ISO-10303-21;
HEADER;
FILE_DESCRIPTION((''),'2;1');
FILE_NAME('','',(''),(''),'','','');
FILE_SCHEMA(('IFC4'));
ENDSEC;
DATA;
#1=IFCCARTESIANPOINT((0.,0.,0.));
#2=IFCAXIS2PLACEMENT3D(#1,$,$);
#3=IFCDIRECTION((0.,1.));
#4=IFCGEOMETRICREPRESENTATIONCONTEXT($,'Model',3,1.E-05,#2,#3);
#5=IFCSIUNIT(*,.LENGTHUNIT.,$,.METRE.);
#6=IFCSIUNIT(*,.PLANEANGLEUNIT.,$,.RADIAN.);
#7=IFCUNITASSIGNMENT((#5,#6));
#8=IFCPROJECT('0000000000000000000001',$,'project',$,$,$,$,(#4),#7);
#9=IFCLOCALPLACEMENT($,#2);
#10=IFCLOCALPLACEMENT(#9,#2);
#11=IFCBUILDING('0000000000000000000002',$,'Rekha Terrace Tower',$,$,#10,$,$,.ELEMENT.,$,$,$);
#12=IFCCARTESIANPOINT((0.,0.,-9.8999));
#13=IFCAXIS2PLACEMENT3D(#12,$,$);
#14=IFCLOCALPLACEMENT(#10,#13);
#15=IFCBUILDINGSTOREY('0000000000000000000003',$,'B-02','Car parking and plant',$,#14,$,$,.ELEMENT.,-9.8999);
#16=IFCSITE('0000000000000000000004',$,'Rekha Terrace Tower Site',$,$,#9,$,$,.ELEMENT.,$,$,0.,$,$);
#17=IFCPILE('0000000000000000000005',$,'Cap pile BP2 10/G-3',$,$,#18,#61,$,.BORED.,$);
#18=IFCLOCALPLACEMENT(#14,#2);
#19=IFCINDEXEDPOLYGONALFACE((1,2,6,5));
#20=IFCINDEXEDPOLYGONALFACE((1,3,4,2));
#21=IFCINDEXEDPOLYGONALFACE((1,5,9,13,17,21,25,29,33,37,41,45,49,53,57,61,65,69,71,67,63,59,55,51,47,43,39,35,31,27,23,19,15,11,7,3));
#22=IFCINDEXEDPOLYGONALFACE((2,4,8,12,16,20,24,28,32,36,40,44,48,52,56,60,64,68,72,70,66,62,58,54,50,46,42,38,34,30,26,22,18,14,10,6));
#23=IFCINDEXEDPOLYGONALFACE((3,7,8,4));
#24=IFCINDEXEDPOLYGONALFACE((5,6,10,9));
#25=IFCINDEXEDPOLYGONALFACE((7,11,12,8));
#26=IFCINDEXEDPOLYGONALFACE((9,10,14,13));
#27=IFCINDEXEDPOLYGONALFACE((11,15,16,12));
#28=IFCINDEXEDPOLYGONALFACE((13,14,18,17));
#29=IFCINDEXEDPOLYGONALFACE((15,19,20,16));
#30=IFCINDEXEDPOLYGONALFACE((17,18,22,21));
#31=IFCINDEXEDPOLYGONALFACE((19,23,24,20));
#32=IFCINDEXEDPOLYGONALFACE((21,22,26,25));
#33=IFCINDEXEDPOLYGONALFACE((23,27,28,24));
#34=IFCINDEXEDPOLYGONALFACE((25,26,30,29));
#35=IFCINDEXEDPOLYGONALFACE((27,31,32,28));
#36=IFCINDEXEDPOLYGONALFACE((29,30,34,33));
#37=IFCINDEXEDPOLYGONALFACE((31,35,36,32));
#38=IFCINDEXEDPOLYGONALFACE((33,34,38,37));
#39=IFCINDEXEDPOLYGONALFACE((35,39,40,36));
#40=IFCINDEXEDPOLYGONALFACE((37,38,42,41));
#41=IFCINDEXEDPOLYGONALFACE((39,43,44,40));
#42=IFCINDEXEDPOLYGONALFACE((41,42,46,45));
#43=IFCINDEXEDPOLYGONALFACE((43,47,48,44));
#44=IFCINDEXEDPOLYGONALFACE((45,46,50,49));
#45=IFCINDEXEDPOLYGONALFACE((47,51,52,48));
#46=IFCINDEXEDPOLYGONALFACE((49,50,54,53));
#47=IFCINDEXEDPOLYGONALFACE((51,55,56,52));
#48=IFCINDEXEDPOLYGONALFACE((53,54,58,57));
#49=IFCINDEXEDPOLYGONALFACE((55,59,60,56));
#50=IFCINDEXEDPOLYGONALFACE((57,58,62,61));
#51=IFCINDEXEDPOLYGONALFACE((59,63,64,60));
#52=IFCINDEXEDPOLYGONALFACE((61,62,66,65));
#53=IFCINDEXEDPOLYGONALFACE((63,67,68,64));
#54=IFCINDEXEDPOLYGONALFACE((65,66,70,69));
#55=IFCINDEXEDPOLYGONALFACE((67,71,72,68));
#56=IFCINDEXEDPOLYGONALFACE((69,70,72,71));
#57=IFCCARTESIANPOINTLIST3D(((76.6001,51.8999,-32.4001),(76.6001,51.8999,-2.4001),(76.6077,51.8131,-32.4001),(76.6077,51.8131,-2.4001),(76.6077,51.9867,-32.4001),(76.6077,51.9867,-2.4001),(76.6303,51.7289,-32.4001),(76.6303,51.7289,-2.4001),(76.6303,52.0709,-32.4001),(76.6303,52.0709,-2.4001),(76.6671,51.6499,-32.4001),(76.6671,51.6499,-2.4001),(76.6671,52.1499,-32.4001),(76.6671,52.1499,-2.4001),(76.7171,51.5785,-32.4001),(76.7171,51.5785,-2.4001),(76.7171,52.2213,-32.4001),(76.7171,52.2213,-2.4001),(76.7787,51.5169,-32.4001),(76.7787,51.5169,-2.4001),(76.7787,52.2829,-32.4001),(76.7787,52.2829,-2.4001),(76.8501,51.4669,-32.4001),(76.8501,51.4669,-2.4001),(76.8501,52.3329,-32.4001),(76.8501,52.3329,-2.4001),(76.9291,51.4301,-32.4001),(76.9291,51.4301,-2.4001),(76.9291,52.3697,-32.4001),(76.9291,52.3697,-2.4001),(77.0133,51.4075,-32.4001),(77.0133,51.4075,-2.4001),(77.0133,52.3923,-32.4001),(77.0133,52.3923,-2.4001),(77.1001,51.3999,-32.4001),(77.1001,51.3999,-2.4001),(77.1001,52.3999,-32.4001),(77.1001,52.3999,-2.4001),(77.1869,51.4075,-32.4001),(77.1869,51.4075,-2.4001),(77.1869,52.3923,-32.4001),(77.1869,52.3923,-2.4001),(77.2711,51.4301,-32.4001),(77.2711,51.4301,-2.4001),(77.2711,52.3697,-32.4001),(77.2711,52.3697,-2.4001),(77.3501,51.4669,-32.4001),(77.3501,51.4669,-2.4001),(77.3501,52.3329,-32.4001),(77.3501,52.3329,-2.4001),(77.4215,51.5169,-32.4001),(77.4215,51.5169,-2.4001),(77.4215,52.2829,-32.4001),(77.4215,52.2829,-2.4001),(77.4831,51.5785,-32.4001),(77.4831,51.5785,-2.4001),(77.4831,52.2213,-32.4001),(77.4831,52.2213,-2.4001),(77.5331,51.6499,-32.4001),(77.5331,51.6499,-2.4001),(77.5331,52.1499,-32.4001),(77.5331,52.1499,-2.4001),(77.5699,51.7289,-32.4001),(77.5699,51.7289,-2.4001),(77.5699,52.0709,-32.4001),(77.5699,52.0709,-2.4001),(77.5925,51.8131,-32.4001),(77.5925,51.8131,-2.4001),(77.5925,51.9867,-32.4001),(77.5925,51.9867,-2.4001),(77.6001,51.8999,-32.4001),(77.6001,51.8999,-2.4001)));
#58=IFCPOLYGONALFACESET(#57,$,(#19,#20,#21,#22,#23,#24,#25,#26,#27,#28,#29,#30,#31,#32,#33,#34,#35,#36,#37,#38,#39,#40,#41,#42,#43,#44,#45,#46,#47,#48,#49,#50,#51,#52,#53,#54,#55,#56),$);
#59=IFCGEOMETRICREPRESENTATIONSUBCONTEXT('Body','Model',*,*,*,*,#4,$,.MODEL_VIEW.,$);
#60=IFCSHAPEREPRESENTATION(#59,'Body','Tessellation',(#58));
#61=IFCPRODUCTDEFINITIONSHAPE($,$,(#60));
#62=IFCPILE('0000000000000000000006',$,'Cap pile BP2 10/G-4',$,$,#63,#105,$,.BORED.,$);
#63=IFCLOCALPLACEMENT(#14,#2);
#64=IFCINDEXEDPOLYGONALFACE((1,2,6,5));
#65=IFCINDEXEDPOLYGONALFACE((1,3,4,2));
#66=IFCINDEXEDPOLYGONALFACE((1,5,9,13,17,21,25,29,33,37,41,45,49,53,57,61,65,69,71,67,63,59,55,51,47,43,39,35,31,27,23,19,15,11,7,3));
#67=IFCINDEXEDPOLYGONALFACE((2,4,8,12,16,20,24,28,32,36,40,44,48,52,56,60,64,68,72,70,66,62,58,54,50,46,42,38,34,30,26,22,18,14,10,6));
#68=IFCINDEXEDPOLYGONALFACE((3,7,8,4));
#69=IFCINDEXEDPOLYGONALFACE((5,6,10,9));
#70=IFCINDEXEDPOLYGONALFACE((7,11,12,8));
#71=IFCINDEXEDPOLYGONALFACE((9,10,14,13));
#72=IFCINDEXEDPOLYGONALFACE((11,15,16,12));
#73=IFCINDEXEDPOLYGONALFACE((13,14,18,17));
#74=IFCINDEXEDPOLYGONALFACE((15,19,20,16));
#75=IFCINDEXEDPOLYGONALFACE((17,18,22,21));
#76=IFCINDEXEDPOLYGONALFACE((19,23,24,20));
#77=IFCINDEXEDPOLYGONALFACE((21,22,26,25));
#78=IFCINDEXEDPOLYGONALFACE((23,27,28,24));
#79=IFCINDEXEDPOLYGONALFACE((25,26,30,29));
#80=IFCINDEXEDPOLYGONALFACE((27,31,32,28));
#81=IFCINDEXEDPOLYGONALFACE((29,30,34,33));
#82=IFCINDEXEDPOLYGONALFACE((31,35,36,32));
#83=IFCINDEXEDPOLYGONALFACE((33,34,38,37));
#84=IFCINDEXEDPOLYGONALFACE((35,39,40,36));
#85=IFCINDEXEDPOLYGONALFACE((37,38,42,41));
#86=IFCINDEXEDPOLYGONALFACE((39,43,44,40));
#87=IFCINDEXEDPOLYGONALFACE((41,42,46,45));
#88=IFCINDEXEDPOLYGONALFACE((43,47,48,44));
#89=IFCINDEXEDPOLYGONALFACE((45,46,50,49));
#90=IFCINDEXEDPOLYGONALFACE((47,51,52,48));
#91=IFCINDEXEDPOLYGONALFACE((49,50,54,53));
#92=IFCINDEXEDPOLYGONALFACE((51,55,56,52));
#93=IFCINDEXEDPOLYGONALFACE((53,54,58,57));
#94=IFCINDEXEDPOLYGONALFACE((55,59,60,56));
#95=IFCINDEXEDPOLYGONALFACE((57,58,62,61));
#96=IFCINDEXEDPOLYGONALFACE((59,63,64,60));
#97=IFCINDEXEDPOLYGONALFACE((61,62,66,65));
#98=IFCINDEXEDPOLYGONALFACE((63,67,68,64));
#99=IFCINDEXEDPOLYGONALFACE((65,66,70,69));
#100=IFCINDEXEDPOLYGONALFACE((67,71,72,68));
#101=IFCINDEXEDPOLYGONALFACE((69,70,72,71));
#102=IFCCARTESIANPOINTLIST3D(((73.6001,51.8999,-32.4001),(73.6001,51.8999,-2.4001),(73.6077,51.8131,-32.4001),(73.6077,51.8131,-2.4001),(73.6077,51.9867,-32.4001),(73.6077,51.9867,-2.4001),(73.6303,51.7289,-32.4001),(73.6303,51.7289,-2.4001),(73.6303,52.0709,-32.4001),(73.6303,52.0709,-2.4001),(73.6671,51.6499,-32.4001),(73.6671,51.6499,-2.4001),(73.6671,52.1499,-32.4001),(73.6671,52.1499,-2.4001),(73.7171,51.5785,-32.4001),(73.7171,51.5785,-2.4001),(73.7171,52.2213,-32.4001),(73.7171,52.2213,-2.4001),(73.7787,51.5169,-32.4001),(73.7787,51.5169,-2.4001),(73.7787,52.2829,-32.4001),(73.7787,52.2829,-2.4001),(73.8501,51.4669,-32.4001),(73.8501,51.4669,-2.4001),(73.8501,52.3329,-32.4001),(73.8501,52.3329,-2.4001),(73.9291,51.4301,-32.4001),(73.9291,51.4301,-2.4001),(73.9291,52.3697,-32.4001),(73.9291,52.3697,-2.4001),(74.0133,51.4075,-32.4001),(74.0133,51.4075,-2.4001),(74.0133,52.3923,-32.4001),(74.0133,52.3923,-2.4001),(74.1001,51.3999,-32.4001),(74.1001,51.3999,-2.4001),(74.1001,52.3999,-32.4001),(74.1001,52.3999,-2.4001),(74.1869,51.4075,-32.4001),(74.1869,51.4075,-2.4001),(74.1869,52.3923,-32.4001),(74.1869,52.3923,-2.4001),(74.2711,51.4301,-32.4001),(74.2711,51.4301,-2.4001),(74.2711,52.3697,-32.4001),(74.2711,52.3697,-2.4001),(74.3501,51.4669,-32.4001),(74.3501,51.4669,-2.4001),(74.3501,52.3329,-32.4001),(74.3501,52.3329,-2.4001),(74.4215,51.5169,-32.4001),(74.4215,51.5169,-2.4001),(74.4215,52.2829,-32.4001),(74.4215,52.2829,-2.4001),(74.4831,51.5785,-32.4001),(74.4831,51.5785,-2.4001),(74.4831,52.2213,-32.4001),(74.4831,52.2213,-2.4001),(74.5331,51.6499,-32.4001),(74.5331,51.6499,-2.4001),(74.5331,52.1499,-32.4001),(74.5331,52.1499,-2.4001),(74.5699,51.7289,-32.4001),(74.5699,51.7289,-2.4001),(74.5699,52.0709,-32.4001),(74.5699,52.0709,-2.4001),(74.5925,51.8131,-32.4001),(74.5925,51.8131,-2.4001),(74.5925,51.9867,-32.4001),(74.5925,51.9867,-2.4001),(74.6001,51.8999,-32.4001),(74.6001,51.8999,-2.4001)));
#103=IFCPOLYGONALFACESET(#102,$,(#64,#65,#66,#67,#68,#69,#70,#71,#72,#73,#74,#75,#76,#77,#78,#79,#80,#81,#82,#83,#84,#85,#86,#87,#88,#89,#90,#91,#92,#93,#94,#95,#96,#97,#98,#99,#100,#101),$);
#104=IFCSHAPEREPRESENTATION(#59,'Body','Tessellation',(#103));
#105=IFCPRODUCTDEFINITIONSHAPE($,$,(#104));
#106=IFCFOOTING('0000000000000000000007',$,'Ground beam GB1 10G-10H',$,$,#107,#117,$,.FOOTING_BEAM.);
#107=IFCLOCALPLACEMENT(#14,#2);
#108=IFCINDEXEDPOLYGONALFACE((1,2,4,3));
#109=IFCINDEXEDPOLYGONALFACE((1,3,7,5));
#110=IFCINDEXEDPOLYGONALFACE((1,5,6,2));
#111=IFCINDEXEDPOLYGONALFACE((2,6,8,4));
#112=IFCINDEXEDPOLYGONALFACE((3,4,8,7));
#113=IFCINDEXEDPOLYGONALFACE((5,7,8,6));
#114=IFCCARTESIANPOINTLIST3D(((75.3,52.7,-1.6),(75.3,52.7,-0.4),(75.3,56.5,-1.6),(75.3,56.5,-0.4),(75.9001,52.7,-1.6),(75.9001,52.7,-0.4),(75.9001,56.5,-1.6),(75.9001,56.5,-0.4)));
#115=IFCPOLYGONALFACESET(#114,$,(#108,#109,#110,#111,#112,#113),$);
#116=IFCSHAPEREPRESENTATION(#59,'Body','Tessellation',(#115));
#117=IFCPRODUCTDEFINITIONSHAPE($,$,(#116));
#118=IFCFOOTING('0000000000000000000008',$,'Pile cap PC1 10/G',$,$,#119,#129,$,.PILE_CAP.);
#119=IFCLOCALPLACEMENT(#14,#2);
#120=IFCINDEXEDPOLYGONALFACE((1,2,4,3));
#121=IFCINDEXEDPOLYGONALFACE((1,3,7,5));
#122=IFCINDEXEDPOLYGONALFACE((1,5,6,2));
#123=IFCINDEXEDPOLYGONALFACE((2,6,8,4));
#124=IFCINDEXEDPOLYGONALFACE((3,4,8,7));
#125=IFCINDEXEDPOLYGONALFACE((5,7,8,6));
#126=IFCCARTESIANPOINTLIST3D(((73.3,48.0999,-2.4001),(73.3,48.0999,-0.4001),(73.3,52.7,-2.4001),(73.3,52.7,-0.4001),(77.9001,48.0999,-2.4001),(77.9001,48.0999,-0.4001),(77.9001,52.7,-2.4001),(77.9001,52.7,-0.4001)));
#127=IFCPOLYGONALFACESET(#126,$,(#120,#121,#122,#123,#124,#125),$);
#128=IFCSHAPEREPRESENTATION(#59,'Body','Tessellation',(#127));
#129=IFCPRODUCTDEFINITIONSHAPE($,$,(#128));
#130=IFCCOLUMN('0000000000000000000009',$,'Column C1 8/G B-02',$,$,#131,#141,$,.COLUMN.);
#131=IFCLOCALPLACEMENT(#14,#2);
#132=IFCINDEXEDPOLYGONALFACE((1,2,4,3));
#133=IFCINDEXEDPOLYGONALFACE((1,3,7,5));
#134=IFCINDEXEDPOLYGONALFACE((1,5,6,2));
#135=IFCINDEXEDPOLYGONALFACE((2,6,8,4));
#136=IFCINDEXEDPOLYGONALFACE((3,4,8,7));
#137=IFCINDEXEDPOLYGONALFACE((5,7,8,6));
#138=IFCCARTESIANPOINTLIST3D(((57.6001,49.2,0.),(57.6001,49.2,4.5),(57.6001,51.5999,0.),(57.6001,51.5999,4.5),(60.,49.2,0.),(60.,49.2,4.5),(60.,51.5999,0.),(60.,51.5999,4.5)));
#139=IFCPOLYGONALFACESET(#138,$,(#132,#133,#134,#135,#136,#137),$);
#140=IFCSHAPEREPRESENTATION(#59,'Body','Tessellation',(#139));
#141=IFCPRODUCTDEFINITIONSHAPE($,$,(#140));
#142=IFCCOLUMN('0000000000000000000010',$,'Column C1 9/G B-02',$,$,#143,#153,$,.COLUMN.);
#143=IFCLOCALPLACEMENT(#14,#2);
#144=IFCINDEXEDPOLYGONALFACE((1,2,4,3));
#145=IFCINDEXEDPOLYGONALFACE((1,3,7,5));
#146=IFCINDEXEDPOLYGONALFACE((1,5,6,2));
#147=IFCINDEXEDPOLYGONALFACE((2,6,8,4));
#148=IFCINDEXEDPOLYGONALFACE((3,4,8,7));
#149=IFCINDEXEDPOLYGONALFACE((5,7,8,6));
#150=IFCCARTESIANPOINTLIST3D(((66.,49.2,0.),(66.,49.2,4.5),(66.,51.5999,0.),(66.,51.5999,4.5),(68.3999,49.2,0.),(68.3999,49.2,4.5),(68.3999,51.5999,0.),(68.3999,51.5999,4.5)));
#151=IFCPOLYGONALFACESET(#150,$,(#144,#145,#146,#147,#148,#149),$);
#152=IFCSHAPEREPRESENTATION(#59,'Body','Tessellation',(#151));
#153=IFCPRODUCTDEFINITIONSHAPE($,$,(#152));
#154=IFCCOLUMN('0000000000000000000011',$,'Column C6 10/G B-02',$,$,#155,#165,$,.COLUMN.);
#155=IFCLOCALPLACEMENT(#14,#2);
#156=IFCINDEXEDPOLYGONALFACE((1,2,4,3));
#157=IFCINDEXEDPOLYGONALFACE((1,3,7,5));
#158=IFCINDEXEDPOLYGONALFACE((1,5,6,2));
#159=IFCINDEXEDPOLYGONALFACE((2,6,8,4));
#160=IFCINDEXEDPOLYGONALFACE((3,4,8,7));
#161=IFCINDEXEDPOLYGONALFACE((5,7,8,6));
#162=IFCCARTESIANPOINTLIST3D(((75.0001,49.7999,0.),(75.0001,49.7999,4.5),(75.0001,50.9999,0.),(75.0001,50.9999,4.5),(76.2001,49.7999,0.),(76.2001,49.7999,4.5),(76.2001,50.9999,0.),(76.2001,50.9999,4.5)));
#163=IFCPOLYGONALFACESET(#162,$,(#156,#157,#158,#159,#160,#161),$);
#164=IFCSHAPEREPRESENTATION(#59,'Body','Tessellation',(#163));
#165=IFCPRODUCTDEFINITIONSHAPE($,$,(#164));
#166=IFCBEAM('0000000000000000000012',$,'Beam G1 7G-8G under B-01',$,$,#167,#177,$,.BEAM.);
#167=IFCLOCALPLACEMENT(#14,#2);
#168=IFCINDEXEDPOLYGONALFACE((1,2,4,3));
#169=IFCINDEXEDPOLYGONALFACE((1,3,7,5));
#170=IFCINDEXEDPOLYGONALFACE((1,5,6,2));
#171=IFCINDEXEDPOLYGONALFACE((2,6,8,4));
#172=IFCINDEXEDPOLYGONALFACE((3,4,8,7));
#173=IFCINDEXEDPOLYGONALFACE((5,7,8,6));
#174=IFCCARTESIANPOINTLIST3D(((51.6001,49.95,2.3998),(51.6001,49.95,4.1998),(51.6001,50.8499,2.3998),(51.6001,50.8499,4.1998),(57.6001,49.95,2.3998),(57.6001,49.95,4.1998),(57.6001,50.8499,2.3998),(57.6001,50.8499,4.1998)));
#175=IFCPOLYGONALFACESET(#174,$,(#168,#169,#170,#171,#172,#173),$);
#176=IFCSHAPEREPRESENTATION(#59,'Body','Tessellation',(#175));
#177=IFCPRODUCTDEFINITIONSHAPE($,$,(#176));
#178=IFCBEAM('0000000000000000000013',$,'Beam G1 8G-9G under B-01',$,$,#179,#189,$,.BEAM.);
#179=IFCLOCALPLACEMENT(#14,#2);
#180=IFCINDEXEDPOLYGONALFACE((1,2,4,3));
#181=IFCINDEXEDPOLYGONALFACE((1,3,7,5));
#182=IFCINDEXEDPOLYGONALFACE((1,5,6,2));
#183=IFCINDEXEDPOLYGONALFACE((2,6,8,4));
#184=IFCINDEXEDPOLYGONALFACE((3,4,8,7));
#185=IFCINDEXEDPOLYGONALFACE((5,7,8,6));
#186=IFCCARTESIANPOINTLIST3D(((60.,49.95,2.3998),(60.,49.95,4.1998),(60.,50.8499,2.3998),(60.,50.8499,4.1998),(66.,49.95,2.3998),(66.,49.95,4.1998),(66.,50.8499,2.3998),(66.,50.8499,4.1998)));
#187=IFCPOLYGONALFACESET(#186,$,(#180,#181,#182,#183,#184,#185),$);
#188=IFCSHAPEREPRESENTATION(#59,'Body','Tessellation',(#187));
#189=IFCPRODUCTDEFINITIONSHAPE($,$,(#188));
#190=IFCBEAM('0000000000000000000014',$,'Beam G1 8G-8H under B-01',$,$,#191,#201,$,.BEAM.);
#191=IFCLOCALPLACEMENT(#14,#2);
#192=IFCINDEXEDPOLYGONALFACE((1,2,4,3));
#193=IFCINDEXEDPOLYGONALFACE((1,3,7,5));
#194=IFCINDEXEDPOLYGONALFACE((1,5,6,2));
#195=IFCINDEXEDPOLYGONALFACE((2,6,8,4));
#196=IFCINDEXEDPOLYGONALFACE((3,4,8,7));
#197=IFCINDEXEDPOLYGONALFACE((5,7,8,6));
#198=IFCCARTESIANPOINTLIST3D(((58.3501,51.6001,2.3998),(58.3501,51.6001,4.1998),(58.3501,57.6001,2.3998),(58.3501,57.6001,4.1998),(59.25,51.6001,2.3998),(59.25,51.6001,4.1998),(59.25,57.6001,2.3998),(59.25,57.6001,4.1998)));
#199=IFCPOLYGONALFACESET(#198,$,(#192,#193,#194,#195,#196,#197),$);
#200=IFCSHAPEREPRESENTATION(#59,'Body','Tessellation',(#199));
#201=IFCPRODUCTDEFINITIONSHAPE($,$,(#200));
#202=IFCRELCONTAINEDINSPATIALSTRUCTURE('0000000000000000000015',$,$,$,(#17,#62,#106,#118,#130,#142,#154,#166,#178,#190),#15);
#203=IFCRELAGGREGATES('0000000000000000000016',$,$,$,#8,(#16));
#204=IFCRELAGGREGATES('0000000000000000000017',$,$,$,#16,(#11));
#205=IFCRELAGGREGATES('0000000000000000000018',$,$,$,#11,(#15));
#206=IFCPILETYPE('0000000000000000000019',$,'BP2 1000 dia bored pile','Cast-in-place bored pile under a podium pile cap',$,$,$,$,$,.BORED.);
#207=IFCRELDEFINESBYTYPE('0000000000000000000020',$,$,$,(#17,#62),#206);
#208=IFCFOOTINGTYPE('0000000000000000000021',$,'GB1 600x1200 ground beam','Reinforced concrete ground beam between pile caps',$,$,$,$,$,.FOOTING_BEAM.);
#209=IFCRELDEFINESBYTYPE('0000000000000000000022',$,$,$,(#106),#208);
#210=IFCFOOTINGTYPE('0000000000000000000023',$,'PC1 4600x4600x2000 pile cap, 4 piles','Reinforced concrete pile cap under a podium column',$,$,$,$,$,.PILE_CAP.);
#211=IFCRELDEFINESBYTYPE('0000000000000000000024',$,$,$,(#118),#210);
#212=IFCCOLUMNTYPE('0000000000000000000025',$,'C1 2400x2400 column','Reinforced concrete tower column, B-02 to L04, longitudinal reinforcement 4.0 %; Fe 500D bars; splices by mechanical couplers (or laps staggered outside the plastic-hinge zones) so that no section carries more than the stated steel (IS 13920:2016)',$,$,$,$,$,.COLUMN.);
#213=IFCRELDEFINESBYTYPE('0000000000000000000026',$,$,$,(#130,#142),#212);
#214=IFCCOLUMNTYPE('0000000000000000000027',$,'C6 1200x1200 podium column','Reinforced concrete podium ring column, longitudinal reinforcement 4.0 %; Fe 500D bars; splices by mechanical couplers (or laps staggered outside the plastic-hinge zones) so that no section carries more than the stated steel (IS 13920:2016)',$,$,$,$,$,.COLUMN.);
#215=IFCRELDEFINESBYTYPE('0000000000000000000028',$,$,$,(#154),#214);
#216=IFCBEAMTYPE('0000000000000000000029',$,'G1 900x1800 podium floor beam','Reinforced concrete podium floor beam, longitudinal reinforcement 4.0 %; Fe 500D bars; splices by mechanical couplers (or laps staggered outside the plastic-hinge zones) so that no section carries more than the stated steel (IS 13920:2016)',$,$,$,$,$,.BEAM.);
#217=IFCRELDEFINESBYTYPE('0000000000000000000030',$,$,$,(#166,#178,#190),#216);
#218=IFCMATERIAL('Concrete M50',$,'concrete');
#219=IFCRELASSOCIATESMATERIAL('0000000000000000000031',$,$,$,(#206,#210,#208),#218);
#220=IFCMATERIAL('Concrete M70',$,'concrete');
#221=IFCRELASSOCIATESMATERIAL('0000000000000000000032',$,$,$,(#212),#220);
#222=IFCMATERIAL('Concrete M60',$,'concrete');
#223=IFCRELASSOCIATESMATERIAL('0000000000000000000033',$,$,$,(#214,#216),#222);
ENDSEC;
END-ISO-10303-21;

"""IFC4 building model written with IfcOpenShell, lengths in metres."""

from ifc_helpers import new_model, si_unit, direction, frame, origin, origin_2d, place, context, subcontext, project, spatial, rectangle, circle, extrude, material, material_profile, profile_set, type_object, element, save


model = new_model("IFC4")

# Units and contexts
model_context = context("Model", 3, precision=1e-05, world=origin(), true_north=direction((0.0, 1.0)))
body_context = subcontext(model_context, "Body", "Model", "MODEL_VIEW")
ifc_project = project(units=[si_unit("LENGTHUNIT", "METRE"), si_unit("PLANEANGLEUNIT", "RADIAN")], contexts=[model_context])

# Site, building, storey
site_placement = place(None, origin())
site = spatial("IfcSite", under=ifc_project, at=site_placement, Name="Rekha Terrace Tower Site", CompositionType="ELEMENT", RefElevation=0.0)
building_placement = place(site_placement, origin())
building = spatial("IfcBuilding", under=site, at=building_placement, Name="Rekha Terrace Tower", CompositionType="ELEMENT")
storey_placement = place(building_placement, frame((0.0, 0.0, -9.8999)))
storey = spatial("IfcBuildingStorey", under=building, at=storey_placement, Name="B-02", Description="Car parking and plant", CompositionType="ELEMENT", Elevation=-9.8999)

# Piles
ifc_material_1 = material(Name="Concrete M50", Category="concrete")
pile_type_1 = type_object("IfcPileType", Name="BP2 1000 dia bored pile", Description="Cast-in-place bored pile under a podium pile cap", PredefinedType="BORED", material=ifc_material_1)
for number, where, z_axis, x_axis, name in (
    (1, (77.1001, 51.8999, -2.4001), (0.0, 0.0, -1.0), (1.0, 0.0, 0.0), "Cap pile BP2 10/G-3"),
    (2, (74.1001, 51.8999, -2.4001), (0.0, 0.0, -1.0), (1.0, 0.0, 0.0), "Cap pile BP2 10/G-4"),
):
    element("IfcPile", number, at=place(storey_placement, frame(where, z_axis=z_axis, x_axis=x_axis)), inside=storey, type_object=pile_type_1, Name=name, PredefinedType="BORED", context=body_context, shape_type="SweptSolid", body=[
        extrude(circle(Radius=0.5, at=origin_2d()), origin(), (0.0, 0.0, 1.0), 30.0),
    ])

# Footings
ifc_material_profile_1 = material_profile(ifc_material_1, rectangle(XDim=0.6001, YDim=1.2, at=origin_2d()), Name="RC 600x1200")
ifc_profile_set_1 = profile_set([ifc_material_profile_1], Name="Concrete M50")
footing_type_1 = type_object("IfcFootingType", Name="GB1 600x1200 ground beam", Description="Reinforced concrete ground beam between pile caps", PredefinedType="FOOTING_BEAM", material=ifc_profile_set_1)
footing_1_placement = place(storey_placement, frame((75.6001, 52.7, -1.0), z_axis=(0.0, 1.0, 0.0), x_axis=(-1.0, 0.0, 0.0)))
element("IfcFooting", 3, at=footing_1_placement, inside=storey, type_object=footing_type_1, Name="Ground beam GB1 10G-10H", PredefinedType="FOOTING_BEAM", context=body_context, shape_type="SweptSolid", body=[
    extrude(rectangle(XDim=0.6001, YDim=1.2, at=origin_2d()), origin(), (0.0, 0.0, 1.0), 3.8),
])
footing_type_2 = type_object("IfcFootingType", Name="PC1 4600x4600x2000 pile cap, 4 piles", Description="Reinforced concrete pile cap under a podium column", PredefinedType="PILE_CAP", material=ifc_material_1)
footing_2_placement = place(storey_placement, frame((75.6001, 50.3999, -2.4001), z_axis=(0.0, 0.0, 1.0), x_axis=(1.0, 0.0, 0.0)))
element("IfcFooting", 4, at=footing_2_placement, inside=storey, type_object=footing_type_2, Name="Pile cap PC1 10/G", PredefinedType="PILE_CAP", context=body_context, shape_type="SweptSolid", body=[
    extrude(rectangle(XDim=4.6001, YDim=4.6001, at=origin_2d()), origin(), (0.0, 0.0, 1.0), 2.0),
])

# Columns
ifc_material_2 = material(Name="Concrete M70", Category="concrete")
ifc_material_profile_2 = material_profile(ifc_material_2, rectangle(XDim=2.3999, YDim=2.3999, at=origin_2d()), Name="RC 2400x2400")
ifc_profile_set_2 = profile_set([ifc_material_profile_2], Name="Concrete M70")
column_type_1 = type_object("IfcColumnType", Name="C1 2400x2400 column", Description="Reinforced concrete tower column, B-02 to L04, longitudinal reinforcement 4.0 %; Fe 500D bars; splices by mechanical couplers (or laps staggered outside the plastic-hinge zones) so that no section carries more than the stated steel (IS 13920:2016)", PredefinedType="COLUMN", material=ifc_profile_set_2)
for number, where, z_axis, x_axis, name in (
    (5, (58.8, 50.3999, 0.0), (0.0, 0.0, 1.0), (1.0, 0.0, 0.0), "Column C1 8/G B-02"),
    (6, (67.2, 50.3999, 0.0), (0.0, 0.0, 1.0), (1.0, 0.0, 0.0), "Column C1 9/G B-02"),
):
    element("IfcColumn", number, at=place(storey_placement, frame(where, z_axis=z_axis, x_axis=x_axis)), inside=storey, type_object=column_type_1, Name=name, PredefinedType="COLUMN", context=body_context, shape_type="SweptSolid", body=[
        extrude(rectangle(XDim=2.3999, YDim=2.3999, at=origin_2d()), origin(), (0.0, 0.0, 1.0), 4.5),
    ])
ifc_material_3 = material(Name="Concrete M60", Category="concrete")
ifc_material_profile_3 = material_profile(ifc_material_3, rectangle(XDim=1.2, YDim=1.2, at=origin_2d()), Name="RC 1200x1200")
ifc_profile_set_3 = profile_set([ifc_material_profile_3], Name="Concrete M60")
column_type_2 = type_object("IfcColumnType", Name="C6 1200x1200 podium column", Description="Reinforced concrete podium ring column, longitudinal reinforcement 4.0 %; Fe 500D bars; splices by mechanical couplers (or laps staggered outside the plastic-hinge zones) so that no section carries more than the stated steel (IS 13920:2016)", PredefinedType="COLUMN", material=ifc_profile_set_3)
column_placement = place(storey_placement, frame((75.6001, 50.3999, 0.0), z_axis=(0.0, 0.0, 1.0), x_axis=(1.0, 0.0, 0.0)))
element("IfcColumn", 7, at=column_placement, inside=storey, type_object=column_type_2, Name="Column C6 10/G B-02", PredefinedType="COLUMN", context=body_context, shape_type="SweptSolid", body=[
    extrude(rectangle(XDim=1.2, YDim=1.2, at=origin_2d()), origin(), (0.0, 0.0, 1.0), 4.5),
])

# Beams
ifc_material_profile_4 = material_profile(ifc_material_3, rectangle(XDim=0.8999, YDim=1.8, at=origin_2d()), Name="RC 900x1800")
ifc_profile_set_4 = profile_set([ifc_material_profile_4], Name="Concrete M60")
beam_type = type_object("IfcBeamType", Name="G1 900x1800 podium floor beam", Description="Reinforced concrete podium floor beam, longitudinal reinforcement 4.0 %; Fe 500D bars; splices by mechanical couplers (or laps staggered outside the plastic-hinge zones) so that no section carries more than the stated steel (IS 13920:2016)", PredefinedType="BEAM", material=ifc_profile_set_4)
for number, where, z_axis, x_axis, name in (
    (8, (51.6001, 50.3999, 3.2998), (1.0, 0.0, 0.0), (0.0, 1.0, 0.0), "Beam G1 7G-8G under B-01"),
    (9, (60.0, 50.3999, 3.2998), (1.0, 0.0, 0.0), (0.0, 1.0, 0.0), "Beam G1 8G-9G under B-01"),
    (10, (58.8, 51.6001, 3.2998), (0.0, 1.0, 0.0), (-1.0, 0.0, 0.0), "Beam G1 8G-8H under B-01"),
):
    element("IfcBeam", number, at=place(storey_placement, frame(where, z_axis=z_axis, x_axis=x_axis)), inside=storey, type_object=beam_type, Name=name, PredefinedType="BEAM", context=body_context, shape_type="SweptSolid", body=[
        extrude(rectangle(XDim=0.8999, YDim=1.8, at=origin_2d()), origin(), (0.0, 0.0, 1.0), 6.0),
    ])

save(model, "model.ifc")
